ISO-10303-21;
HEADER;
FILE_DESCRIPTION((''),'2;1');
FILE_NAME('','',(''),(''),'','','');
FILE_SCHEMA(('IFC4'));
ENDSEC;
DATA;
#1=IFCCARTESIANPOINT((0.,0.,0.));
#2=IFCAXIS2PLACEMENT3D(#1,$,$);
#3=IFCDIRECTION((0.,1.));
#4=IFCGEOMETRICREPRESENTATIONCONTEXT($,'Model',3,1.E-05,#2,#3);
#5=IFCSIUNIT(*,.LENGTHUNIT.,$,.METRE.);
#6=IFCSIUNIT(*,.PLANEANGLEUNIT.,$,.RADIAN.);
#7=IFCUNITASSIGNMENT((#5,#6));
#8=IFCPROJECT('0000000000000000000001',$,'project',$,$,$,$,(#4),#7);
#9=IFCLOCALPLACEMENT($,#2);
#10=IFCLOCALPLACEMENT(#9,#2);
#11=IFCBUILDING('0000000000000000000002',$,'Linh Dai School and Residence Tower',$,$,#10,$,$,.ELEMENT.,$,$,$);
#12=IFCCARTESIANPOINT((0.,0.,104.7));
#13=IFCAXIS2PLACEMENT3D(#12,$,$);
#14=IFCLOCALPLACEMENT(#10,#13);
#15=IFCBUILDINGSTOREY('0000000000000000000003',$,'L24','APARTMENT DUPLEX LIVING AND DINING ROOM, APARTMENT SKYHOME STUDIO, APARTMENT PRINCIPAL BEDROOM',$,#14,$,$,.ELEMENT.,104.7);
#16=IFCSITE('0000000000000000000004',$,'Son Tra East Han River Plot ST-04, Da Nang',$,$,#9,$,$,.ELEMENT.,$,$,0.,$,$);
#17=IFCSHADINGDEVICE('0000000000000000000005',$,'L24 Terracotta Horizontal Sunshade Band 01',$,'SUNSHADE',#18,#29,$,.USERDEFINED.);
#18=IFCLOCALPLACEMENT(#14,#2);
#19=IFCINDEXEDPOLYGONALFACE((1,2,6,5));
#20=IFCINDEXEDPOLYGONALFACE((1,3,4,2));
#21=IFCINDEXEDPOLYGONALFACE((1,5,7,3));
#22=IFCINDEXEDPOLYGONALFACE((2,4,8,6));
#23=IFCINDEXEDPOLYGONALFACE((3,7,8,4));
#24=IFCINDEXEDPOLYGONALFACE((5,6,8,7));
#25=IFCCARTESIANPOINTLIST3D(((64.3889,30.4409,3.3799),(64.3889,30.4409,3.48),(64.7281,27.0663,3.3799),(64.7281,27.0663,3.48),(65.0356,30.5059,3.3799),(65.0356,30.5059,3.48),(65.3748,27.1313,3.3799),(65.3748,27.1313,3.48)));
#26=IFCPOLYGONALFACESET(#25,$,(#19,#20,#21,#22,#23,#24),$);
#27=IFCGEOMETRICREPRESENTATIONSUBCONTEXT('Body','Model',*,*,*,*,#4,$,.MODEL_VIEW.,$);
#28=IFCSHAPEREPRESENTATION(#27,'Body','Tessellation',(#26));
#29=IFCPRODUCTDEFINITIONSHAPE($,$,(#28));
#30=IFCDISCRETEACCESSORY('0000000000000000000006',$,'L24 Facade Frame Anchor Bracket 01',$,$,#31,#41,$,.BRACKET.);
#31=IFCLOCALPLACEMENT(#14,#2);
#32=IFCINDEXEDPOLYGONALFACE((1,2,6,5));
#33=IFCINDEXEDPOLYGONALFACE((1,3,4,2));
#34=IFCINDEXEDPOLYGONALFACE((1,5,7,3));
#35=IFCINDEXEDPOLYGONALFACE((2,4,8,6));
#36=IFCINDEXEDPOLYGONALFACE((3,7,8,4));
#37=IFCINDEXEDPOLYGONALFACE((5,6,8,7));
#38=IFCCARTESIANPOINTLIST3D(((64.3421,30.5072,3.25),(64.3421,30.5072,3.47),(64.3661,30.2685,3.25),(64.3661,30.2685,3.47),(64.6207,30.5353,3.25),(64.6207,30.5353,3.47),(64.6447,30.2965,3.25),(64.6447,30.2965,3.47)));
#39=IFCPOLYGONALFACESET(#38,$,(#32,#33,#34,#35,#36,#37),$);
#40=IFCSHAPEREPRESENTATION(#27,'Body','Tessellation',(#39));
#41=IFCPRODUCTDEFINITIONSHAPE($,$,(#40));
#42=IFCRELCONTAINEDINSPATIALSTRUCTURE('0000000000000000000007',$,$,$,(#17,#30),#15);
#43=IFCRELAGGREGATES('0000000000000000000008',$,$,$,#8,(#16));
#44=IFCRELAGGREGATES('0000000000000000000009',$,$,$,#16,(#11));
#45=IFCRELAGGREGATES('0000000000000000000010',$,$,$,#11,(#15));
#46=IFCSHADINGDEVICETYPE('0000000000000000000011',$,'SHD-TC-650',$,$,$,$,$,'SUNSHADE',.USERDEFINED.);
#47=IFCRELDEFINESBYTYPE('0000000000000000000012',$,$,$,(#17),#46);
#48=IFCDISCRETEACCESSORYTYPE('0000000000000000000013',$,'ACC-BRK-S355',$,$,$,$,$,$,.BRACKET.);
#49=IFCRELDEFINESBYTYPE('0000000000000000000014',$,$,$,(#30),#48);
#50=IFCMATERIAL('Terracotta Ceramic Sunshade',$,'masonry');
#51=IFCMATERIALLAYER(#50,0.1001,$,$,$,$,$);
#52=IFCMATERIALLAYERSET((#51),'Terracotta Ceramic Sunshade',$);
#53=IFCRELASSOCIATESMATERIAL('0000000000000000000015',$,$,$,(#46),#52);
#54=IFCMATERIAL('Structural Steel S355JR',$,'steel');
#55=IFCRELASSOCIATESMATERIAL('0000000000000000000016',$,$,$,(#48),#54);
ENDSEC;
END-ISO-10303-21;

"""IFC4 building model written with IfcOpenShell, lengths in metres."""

from ifc_helpers import new_model, si_unit, direction, frame, origin, origin_2d, place, context, subcontext, project, spatial, rectangle, extrude, source, transform, mapped, material, layer, layer_set, type_object, element, save


model = new_model("IFC4")

# Units and contexts
model_context = context("Model", 3, precision=1e-05, world=origin(), true_north=direction((0.0, 1.0)))
body_context = subcontext(model_context, "Body", "Model", "MODEL_VIEW")
ifc_project = project(units=[si_unit("LENGTHUNIT", "METRE"), si_unit("PLANEANGLEUNIT", "RADIAN")], contexts=[model_context])

# Site, building, storey
site_placement = place(None, origin())
site = spatial("IfcSite", under=ifc_project, at=site_placement, Name="Son Tra East Han River Plot ST-04, Da Nang", CompositionType="ELEMENT", RefElevation=0.0)
building_placement = place(site_placement, origin())
building = spatial("IfcBuilding", under=site, at=building_placement, Name="Linh Dai School and Residence Tower", CompositionType="ELEMENT")
storey_placement = place(building_placement, frame((0.0, 0.0, 104.7)))
storey = spatial("IfcBuildingStorey", under=building, at=storey_placement, Name="L24", Description="APARTMENT DUPLEX LIVING AND DINING ROOM, APARTMENT SKYHOME STUDIO, APARTMENT PRINCIPAL BEDROOM", CompositionType="ELEMENT", Elevation=104.7)

# Shared definitions
ifc_material_1 = material(Name="Structural Steel S355JR", Category="steel")

# Shading device
ifc_material_2 = material(Name="Terracotta Ceramic Sunshade", Category="masonry")
ifc_layer_1 = layer(ifc_material_2, 0.1001)
ifc_layer_set_1 = layer_set([ifc_layer_1], Name="Terracotta Ceramic Sunshade")
shading_device_type = type_object("IfcShadingDeviceType", Name="SHD-TC-650", ElementType="SUNSHADE", PredefinedType="USERDEFINED", material=ifc_layer_set_1)
shared_shape_1 = source(origin(), body_context, "Body", "SweptSolid", [
    extrude(rectangle(XDim=3.3916, YDim=0.6499, at=origin_2d()), origin(), (0.0, 0.0, 1.0), 0.1001),
])
shading_device_placement = place(storey_placement, frame((64.8818, 28.7861, 3.3799), z_axis=(0.0, 0.0, 1.0), x_axis=(0.100007, -0.994987, 0.0)))
element("IfcShadingDevice", 1, at=shading_device_placement, inside=storey, type_object=shading_device_type, Name="L24 Terracotta Horizontal Sunshade Band 01", ObjectType="SUNSHADE", PredefinedType="USERDEFINED", context=body_context, shape_type="MappedRepresentation", body=[
    mapped(shared_shape_1, transform((0.0, 0.0, 0.0), x_axis=(1.0, 0.0, 0.0), y_axis=(0.0, 1.0, 0.0), z_axis=(0.0, 0.0, 1.0), scale=1.0)),
])

# Discrete accessory
discrete_accessory_type = type_object("IfcDiscreteAccessoryType", Name="ACC-BRK-S355", PredefinedType="BRACKET", material=ifc_material_1)
shared_shape_2 = source(origin(), body_context, "Body", "SweptSolid", [
    extrude(rectangle(XDim=0.28, YDim=0.24, at=origin_2d()), origin(), (0.0, 0.0, 1.0), 0.22),
])
discrete_accessory_placement = place(storey_placement, frame((64.4934, 30.4019, 3.25), z_axis=(0.0, 0.0, 1.0), x_axis=(0.994987, 0.100007, 0.0)))
element("IfcDiscreteAccessory", 2, at=discrete_accessory_placement, inside=storey, type_object=discrete_accessory_type, Name="L24 Facade Frame Anchor Bracket 01", PredefinedType="BRACKET", context=body_context, shape_type="MappedRepresentation", body=[
    mapped(shared_shape_2, transform((0.0, 0.0, 0.0), x_axis=(1.0, 0.0, 0.0), y_axis=(0.0, 1.0, 0.0), z_axis=(0.0, 0.0, 1.0), scale=1.0)),
])

save(model, "model.ifc")
